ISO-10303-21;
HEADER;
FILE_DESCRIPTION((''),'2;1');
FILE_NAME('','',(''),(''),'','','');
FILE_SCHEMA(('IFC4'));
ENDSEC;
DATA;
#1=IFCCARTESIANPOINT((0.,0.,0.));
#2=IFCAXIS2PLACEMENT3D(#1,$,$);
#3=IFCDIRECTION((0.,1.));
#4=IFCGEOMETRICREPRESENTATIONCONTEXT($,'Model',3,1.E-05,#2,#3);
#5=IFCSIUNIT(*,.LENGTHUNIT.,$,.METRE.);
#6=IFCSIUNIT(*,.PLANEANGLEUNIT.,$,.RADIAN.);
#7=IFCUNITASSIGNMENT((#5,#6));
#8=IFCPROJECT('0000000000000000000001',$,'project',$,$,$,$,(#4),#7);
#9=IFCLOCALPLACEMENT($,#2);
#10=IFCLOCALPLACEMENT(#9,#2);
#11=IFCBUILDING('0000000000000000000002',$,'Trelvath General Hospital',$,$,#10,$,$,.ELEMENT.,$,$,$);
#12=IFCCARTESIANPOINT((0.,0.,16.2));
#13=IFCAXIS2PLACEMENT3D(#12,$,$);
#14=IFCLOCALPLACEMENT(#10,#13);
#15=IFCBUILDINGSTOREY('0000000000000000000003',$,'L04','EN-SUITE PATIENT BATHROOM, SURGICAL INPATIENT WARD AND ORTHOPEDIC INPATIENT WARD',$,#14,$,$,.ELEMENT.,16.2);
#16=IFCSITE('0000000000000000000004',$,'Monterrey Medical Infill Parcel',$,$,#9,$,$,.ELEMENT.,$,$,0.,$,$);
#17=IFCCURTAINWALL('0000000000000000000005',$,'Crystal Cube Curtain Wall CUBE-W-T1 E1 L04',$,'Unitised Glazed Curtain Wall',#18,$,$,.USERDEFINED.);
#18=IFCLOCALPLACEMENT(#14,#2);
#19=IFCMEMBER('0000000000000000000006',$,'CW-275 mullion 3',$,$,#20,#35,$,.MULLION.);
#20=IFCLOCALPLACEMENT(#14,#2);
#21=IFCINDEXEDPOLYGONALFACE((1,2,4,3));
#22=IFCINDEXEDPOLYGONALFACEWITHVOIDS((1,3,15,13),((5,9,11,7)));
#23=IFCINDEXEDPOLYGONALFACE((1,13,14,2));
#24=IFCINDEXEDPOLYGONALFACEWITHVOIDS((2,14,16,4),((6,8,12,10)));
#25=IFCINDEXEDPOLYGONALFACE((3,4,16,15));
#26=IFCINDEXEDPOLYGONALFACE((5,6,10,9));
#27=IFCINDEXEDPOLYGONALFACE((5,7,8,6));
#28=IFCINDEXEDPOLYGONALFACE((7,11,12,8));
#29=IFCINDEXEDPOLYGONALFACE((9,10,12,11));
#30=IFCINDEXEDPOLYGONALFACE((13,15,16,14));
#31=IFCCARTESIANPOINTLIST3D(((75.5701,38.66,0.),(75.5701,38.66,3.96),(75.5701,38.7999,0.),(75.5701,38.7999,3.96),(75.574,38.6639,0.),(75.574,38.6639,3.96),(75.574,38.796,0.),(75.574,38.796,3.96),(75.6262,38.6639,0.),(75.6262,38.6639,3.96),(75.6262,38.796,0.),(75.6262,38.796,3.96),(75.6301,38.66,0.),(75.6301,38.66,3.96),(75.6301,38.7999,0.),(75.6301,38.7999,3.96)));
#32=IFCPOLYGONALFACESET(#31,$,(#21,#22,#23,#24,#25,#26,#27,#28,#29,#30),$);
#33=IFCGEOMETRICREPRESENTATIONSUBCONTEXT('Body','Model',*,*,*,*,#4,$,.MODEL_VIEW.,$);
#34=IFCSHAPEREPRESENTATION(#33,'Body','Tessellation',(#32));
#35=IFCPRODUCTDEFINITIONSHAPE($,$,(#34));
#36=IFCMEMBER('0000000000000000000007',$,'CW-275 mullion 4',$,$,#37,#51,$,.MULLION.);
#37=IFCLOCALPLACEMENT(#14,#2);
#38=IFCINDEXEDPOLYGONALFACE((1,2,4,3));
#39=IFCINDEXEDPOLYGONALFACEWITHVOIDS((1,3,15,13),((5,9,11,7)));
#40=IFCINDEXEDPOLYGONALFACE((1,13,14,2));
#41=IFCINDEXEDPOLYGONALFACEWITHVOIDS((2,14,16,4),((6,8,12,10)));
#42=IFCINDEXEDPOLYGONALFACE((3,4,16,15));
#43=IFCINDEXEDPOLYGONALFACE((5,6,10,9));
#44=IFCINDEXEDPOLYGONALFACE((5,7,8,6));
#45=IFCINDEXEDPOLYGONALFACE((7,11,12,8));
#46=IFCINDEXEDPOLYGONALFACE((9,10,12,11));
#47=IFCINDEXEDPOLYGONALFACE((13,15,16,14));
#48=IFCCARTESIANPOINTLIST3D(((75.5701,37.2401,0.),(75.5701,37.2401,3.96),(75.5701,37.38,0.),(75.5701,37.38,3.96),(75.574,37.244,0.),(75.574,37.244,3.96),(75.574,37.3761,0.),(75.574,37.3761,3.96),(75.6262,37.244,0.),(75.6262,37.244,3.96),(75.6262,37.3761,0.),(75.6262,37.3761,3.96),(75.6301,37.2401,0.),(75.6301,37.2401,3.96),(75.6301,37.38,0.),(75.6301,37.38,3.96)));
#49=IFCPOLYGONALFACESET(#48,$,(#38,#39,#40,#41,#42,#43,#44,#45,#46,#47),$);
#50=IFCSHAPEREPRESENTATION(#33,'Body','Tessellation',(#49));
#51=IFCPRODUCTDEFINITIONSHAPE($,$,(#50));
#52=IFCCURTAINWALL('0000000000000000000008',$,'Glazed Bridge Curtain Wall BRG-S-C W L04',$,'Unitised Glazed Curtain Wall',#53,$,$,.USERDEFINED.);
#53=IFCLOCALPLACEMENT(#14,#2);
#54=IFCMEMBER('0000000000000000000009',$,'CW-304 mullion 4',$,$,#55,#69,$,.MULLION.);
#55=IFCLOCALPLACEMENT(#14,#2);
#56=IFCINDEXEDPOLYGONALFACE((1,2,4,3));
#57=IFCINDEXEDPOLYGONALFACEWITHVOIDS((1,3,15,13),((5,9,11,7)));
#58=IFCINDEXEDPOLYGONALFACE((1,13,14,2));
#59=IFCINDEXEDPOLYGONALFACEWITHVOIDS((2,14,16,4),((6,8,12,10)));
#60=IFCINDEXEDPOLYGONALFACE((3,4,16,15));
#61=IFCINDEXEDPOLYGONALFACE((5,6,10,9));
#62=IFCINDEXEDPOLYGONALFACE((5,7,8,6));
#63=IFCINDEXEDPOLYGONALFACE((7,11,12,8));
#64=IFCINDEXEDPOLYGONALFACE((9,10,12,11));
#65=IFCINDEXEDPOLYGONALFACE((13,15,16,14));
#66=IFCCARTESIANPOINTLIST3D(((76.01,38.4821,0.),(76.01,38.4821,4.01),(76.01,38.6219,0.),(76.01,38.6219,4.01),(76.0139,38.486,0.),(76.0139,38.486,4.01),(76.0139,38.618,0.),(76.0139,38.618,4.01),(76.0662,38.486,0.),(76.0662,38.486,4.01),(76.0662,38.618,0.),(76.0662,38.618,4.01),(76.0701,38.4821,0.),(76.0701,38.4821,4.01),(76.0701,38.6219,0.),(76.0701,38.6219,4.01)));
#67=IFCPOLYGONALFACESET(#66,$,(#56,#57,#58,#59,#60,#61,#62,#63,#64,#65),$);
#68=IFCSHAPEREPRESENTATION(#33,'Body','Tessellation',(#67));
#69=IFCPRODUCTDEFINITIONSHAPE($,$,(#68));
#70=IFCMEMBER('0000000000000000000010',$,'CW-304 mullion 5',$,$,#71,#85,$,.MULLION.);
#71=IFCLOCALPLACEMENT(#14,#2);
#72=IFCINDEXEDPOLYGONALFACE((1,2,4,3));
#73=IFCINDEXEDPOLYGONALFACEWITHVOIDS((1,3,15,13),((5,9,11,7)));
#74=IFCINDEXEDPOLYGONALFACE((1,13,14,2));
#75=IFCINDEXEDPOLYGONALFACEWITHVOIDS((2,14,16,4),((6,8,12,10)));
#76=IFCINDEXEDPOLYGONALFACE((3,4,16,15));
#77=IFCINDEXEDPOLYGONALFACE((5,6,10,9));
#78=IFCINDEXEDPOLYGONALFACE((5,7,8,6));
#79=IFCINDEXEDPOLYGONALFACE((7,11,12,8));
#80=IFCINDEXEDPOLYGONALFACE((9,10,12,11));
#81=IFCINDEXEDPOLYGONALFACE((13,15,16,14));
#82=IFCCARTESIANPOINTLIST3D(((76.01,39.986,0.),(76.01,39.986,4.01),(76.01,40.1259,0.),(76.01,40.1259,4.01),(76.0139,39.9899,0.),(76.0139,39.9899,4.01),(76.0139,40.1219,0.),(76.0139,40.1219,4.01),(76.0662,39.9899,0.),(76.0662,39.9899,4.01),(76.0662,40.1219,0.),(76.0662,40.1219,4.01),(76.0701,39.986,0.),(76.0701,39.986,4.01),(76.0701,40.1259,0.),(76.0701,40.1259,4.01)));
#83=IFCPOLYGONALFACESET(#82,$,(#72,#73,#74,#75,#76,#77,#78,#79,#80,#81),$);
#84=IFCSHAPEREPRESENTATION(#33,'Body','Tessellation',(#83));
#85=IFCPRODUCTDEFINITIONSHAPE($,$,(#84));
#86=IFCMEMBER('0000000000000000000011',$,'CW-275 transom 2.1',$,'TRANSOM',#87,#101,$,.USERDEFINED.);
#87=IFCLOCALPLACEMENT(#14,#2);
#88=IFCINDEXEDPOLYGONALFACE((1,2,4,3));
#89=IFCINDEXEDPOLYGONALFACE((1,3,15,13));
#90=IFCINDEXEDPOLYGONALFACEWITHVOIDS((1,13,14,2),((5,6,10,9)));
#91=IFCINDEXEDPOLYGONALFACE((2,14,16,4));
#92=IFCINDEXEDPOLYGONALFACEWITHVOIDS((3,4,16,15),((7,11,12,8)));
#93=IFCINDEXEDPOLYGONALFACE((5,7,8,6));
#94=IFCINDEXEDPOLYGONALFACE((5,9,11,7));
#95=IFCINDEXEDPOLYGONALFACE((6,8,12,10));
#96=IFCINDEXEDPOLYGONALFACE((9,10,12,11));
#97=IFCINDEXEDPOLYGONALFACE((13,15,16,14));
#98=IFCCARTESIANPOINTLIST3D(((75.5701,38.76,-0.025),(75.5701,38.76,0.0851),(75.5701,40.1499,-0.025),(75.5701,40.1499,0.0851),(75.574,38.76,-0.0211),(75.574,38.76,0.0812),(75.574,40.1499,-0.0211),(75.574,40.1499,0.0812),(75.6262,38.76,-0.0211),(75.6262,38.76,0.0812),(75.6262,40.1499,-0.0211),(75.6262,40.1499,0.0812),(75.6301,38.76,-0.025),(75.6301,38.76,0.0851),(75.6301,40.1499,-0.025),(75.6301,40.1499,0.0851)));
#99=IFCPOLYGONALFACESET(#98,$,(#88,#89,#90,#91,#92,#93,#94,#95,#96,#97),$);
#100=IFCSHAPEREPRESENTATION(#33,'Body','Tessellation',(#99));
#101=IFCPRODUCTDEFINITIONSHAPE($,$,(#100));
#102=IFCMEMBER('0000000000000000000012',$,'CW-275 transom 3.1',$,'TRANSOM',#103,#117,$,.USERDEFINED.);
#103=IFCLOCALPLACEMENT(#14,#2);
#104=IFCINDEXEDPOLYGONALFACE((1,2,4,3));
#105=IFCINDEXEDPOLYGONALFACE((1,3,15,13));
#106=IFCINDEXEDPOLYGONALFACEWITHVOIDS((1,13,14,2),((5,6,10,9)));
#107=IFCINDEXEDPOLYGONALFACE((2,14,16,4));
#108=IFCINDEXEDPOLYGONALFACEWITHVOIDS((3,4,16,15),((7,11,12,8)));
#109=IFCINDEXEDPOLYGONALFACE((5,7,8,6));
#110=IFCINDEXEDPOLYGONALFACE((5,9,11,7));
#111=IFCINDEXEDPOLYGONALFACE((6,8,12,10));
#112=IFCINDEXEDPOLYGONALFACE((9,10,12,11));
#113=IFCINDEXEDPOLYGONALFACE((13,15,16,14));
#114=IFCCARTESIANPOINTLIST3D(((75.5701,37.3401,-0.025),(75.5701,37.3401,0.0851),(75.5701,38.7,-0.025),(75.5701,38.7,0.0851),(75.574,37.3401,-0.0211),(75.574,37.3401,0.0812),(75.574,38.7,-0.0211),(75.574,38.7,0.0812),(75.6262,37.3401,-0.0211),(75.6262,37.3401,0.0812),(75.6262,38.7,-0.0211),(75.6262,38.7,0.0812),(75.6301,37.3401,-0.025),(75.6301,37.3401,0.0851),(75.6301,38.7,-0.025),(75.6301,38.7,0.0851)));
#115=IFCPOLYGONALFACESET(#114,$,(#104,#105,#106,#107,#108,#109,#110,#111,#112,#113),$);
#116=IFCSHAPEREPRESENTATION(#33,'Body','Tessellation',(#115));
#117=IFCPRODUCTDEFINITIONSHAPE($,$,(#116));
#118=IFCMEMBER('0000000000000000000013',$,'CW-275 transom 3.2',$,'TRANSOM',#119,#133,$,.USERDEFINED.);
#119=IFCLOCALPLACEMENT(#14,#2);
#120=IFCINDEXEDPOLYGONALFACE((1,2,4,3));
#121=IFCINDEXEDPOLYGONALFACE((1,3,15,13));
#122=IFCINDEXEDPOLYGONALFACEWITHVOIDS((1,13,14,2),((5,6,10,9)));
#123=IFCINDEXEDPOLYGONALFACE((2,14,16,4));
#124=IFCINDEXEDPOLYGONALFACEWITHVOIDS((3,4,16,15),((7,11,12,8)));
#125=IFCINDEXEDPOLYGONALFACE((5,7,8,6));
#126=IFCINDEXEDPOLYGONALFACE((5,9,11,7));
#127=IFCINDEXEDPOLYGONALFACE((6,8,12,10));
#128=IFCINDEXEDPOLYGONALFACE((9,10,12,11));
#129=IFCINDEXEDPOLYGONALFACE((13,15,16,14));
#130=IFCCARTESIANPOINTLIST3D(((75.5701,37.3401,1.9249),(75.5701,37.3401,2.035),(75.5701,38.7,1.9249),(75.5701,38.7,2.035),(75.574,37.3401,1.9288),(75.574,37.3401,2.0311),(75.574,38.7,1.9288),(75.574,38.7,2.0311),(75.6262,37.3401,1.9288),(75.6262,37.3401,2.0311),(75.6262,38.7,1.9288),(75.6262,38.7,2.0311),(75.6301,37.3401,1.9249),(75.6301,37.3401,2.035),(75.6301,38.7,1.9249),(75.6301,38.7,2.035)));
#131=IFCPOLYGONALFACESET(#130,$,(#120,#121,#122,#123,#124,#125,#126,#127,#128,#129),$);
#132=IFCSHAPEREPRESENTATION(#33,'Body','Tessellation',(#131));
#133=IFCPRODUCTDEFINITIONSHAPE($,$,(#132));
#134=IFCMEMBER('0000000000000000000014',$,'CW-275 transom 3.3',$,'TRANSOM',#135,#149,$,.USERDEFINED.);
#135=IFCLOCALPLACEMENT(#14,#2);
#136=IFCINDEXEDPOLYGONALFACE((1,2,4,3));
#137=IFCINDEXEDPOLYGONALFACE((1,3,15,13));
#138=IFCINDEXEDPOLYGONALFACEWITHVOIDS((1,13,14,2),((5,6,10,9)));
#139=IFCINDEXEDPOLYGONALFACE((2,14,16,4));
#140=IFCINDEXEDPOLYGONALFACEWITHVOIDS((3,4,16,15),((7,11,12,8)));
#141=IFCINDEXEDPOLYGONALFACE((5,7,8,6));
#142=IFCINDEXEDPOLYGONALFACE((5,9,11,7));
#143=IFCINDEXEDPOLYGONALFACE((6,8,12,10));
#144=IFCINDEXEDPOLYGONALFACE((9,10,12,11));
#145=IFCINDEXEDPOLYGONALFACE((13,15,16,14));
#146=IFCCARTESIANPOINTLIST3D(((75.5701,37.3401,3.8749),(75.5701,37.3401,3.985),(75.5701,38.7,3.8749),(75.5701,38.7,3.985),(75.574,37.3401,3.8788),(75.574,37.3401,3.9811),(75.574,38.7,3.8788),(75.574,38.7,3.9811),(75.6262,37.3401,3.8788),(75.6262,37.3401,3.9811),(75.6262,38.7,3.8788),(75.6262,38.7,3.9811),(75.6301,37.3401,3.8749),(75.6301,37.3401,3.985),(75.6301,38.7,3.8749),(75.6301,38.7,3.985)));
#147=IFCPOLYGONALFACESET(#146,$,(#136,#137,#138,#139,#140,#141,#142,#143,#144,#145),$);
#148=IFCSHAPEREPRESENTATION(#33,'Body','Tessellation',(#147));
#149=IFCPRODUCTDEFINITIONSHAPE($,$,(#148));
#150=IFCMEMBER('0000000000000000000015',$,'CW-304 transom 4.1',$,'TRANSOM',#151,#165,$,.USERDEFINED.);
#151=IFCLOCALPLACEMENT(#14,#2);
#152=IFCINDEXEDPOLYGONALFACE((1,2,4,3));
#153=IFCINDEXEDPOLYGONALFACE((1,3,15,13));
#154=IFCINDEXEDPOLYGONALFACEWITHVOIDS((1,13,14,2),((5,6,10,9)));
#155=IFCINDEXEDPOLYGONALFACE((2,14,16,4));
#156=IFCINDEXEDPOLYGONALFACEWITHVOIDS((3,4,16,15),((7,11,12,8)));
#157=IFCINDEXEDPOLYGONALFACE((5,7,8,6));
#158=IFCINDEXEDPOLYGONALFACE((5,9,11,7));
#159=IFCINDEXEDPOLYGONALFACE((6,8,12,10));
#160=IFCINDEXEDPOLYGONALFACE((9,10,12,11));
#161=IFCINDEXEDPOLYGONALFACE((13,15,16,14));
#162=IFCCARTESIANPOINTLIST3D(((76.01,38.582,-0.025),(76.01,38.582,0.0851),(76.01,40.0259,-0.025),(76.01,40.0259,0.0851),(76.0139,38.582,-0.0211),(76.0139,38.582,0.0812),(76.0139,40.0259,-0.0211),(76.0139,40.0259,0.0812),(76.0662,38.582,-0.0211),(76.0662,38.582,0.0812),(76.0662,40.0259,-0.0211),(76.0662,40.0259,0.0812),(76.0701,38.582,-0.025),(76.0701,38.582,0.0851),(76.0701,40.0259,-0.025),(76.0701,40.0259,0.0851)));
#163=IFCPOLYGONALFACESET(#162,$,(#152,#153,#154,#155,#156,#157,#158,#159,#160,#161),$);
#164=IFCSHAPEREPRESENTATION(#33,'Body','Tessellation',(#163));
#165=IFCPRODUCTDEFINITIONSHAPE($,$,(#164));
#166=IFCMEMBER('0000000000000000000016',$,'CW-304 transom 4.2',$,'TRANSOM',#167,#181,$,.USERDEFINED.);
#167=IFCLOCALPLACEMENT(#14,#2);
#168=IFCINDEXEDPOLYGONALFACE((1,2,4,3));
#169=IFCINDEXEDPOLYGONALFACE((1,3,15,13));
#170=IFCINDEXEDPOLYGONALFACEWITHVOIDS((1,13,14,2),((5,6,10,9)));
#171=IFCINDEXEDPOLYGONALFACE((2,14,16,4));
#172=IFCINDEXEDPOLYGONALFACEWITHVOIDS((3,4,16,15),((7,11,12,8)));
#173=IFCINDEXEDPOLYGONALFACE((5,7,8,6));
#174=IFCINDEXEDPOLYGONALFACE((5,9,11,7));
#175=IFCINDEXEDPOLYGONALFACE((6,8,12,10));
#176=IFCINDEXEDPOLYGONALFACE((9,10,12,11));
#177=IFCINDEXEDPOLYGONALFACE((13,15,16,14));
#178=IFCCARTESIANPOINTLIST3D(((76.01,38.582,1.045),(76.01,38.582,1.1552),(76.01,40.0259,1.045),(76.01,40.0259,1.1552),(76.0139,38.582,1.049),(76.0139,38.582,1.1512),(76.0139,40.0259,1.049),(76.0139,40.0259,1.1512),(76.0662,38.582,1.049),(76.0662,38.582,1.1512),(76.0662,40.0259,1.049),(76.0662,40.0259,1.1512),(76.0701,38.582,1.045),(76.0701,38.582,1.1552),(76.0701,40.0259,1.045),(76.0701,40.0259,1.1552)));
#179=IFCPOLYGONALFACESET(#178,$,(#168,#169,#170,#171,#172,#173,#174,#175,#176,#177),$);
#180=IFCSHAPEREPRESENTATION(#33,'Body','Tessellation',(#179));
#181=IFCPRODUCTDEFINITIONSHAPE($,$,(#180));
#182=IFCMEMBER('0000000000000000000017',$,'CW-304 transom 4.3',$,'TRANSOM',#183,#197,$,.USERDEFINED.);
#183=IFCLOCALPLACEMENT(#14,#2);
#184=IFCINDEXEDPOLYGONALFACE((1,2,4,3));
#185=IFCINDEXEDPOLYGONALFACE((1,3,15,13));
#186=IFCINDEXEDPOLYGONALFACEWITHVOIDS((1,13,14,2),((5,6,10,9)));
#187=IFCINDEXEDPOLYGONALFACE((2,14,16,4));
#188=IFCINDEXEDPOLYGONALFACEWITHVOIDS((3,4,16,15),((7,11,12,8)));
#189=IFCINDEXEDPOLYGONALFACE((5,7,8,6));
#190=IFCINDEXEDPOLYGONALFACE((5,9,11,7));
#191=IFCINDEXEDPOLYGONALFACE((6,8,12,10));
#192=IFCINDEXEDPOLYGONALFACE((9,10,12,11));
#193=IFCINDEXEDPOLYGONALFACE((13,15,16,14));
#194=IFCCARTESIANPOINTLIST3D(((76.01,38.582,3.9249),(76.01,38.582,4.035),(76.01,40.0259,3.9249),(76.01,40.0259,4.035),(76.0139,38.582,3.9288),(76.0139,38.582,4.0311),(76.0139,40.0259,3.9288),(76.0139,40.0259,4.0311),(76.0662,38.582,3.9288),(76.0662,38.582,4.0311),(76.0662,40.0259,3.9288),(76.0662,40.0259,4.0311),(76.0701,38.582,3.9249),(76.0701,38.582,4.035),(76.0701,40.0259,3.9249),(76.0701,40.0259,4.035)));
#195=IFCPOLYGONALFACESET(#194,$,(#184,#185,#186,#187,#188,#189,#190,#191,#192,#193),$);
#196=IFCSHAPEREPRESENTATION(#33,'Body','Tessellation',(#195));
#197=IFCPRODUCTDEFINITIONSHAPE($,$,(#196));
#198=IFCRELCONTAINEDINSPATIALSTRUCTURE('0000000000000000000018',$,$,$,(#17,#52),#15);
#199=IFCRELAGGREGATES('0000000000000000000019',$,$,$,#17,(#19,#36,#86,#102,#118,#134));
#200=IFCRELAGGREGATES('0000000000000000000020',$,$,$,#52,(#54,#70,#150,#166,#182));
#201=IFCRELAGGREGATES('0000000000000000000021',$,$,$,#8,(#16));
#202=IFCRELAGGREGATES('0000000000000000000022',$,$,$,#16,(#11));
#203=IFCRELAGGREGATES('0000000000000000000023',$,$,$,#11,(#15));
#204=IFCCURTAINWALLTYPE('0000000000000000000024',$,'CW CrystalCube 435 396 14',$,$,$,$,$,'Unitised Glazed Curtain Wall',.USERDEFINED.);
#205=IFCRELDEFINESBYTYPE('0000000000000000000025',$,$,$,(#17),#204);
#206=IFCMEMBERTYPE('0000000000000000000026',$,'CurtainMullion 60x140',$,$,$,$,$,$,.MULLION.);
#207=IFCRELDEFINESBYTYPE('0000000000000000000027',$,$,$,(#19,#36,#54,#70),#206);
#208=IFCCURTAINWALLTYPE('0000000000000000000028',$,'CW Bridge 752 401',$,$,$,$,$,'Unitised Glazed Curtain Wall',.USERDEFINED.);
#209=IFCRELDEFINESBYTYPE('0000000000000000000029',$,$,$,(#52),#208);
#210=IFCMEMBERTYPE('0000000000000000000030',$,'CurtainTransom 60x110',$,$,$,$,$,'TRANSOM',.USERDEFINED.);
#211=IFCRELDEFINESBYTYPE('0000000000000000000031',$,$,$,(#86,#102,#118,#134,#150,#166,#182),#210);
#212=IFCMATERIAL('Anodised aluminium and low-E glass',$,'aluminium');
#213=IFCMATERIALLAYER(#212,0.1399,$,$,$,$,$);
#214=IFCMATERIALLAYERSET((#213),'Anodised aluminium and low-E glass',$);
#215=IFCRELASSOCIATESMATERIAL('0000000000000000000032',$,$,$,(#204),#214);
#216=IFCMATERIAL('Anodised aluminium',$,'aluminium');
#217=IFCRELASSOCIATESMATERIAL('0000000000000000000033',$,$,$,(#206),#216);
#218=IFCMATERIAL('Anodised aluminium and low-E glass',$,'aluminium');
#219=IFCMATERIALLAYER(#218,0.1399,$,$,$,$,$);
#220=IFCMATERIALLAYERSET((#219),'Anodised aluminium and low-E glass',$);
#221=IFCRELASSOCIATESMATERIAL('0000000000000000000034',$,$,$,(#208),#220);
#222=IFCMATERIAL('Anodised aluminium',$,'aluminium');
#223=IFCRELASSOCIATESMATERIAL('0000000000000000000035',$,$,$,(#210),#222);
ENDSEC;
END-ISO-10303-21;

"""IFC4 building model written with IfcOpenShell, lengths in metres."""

from ifc_helpers import new_model, si_unit, direction, frame, origin, origin_2d, place, context, subcontext, project, spatial, hollow_rectangle, extrude, material, layer, layer_set, material_profile, profile_set, type_object, element, aggregate, save


model = new_model("IFC4")

# Units and contexts
model_context = context("Model", 3, precision=1e-05, world=origin(), true_north=direction((0.0, 1.0)))
body_context = subcontext(model_context, "Body", "Model", "MODEL_VIEW")
ifc_project = project(units=[si_unit("LENGTHUNIT", "METRE"), si_unit("PLANEANGLEUNIT", "RADIAN")], contexts=[model_context])

# Site, building, storey
site_placement = place(None, origin())
site = spatial("IfcSite", under=ifc_project, at=site_placement, Name="Monterrey Medical Infill Parcel", CompositionType="ELEMENT", RefElevation=0.0)
building_placement = place(site_placement, origin())
building = spatial("IfcBuilding", under=site, at=building_placement, Name="Trelvath General Hospital", CompositionType="ELEMENT")
storey_placement = place(building_placement, frame((0.0, 0.0, 16.2)))
storey = spatial("IfcBuildingStorey", under=building, at=storey_placement, Name="L04", Description="EN-SUITE PATIENT BATHROOM, SURGICAL INPATIENT WARD AND ORTHOPEDIC INPATIENT WARD", CompositionType="ELEMENT", Elevation=16.2)

# Curtain walls, members
ifc_material_1 = material(Name="Anodised aluminium and low-E glass", Category="aluminium")
ifc_layer_1 = layer(ifc_material_1, 0.1399)
ifc_layer_set_1 = layer_set([ifc_layer_1], Name="Anodised aluminium and low-E glass")
curtain_wall_type_1 = type_object("IfcCurtainWallType", Name="CW CrystalCube 435 396 14", ElementType="Unitised Glazed Curtain Wall", PredefinedType="USERDEFINED", material=ifc_layer_set_1)
curtain_wall_1_placement = place(storey_placement, origin())
curtain_wall_1 = element("IfcCurtainWall", 1, at=curtain_wall_1_placement, inside=storey, type_object=curtain_wall_type_1, Name="Crystal Cube Curtain Wall CUBE-W-T1 E1 L04", ObjectType="Unitised Glazed Curtain Wall", PredefinedType="USERDEFINED")
ifc_material_2 = material(Name="Anodised aluminium", Category="aluminium")
ifc_material_profile_1 = material_profile(ifc_material_2, hollow_rectangle(XDim=0.0601, YDim=0.1399, WallThickness=0.0039, at=origin_2d()), Name="RHS60x140x4")
ifc_profile_set_1 = profile_set([ifc_material_profile_1], Name="Anodised aluminium")
member_type_1 = type_object("IfcMemberType", Name="CurtainMullion 60x140", PredefinedType="MULLION", material=ifc_profile_set_1)
member_1_placement = place(storey_placement, frame((75.6001, 38.73, 0.0), z_axis=(0.0, 0.0, 1.0), x_axis=(1.0, 0.0, 0.0)))
member_1 = element("IfcMember", 2, at=member_1_placement, type_object=member_type_1, Name="CW-275 mullion 3", PredefinedType="MULLION", context=body_context, shape_type="SweptSolid", body=[
    extrude(hollow_rectangle(XDim=0.0601, YDim=0.1399, WallThickness=0.0039, at=origin_2d()), origin(), (0.0, 0.0, 1.0), 3.96),
])
member_2_placement = place(storey_placement, frame((75.6001, 37.3101, 0.0), z_axis=(0.0, 0.0, 1.0), x_axis=(1.0, 0.0, 0.0)))
member_2 = element("IfcMember", 3, at=member_2_placement, type_object=member_type_1, Name="CW-275 mullion 4", PredefinedType="MULLION", context=body_context, shape_type="SweptSolid", body=[
    extrude(hollow_rectangle(XDim=0.0601, YDim=0.1399, WallThickness=0.0039, at=origin_2d()), origin(), (0.0, 0.0, 1.0), 3.96),
])
ifc_material_3 = material(Name="Anodised aluminium and low-E glass", Category="aluminium")
ifc_layer_2 = layer(ifc_material_3, 0.1399)
ifc_layer_set_2 = layer_set([ifc_layer_2], Name="Anodised aluminium and low-E glass")
curtain_wall_type_2 = type_object("IfcCurtainWallType", Name="CW Bridge 752 401", ElementType="Unitised Glazed Curtain Wall", PredefinedType="USERDEFINED", material=ifc_layer_set_2)
curtain_wall_2_placement = place(storey_placement, origin())
curtain_wall_2 = element("IfcCurtainWall", 4, at=curtain_wall_2_placement, inside=storey, type_object=curtain_wall_type_2, Name="Glazed Bridge Curtain Wall BRG-S-C W L04", ObjectType="Unitised Glazed Curtain Wall", PredefinedType="USERDEFINED")
member_3_placement = place(storey_placement, frame((76.04, 38.552, 0.0), z_axis=(0.0, 0.0, 1.0), x_axis=(-1.0, 0.0, 0.0)))
member_3 = element("IfcMember", 5, at=member_3_placement, type_object=member_type_1, Name="CW-304 mullion 4", PredefinedType="MULLION", context=body_context, shape_type="SweptSolid", body=[
    extrude(hollow_rectangle(XDim=0.0601, YDim=0.1399, WallThickness=0.0039, at=origin_2d()), origin(), (0.0, 0.0, 1.0), 4.01),
])
member_4_placement = place(storey_placement, frame((76.04, 40.0559, 0.0), z_axis=(0.0, 0.0, 1.0), x_axis=(-1.0, 0.0, 0.0)))
member_4 = element("IfcMember", 6, at=member_4_placement, type_object=member_type_1, Name="CW-304 mullion 5", PredefinedType="MULLION", context=body_context, shape_type="SweptSolid", body=[
    extrude(hollow_rectangle(XDim=0.0601, YDim=0.1399, WallThickness=0.0039, at=origin_2d()), origin(), (0.0, 0.0, 1.0), 4.01),
])

# Members
ifc_material_4 = material(Name="Anodised aluminium", Category="aluminium")
ifc_material_profile_2 = material_profile(ifc_material_4, hollow_rectangle(XDim=0.0601, YDim=0.1101, WallThickness=0.0039, at=origin_2d()), Name="RHS60x110x4")
ifc_profile_set_2 = profile_set([ifc_material_profile_2], Name="Anodised aluminium")
member_type_2 = type_object("IfcMemberType", Name="CurtainTransom 60x110", ElementType="TRANSOM", PredefinedType="USERDEFINED", material=ifc_profile_set_2)
member_5_placement = place(storey_placement, frame((75.6001, 40.1499, 0.03), z_axis=(0.0, -1.0, 0.0), x_axis=(1.0, 0.0, 0.0)))
member_5 = element("IfcMember", 7, at=member_5_placement, type_object=member_type_2, Name="CW-275 transom 2.1", ObjectType="TRANSOM", PredefinedType="USERDEFINED", context=body_context, shape_type="SweptSolid", body=[
    extrude(hollow_rectangle(XDim=0.0601, YDim=0.1101, WallThickness=0.0039, at=origin_2d()), origin(), (0.0, 0.0, 1.0), 1.3899),
])
member_6_placement = place(storey_placement, frame((75.6001, 38.7, 0.03), z_axis=(0.0, -1.0, 0.0), x_axis=(1.0, 0.0, 0.0)))
member_6 = element("IfcMember", 8, at=member_6_placement, type_object=member_type_2, Name="CW-275 transom 3.1", ObjectType="TRANSOM", PredefinedType="USERDEFINED", context=body_context, shape_type="SweptSolid", body=[
    extrude(hollow_rectangle(XDim=0.0601, YDim=0.1101, WallThickness=0.0039, at=origin_2d()), origin(), (0.0, 0.0, 1.0), 1.3599),
])
member_7_placement = place(storey_placement, frame((75.6001, 38.7, 1.98), z_axis=(0.0, -1.0, 0.0), x_axis=(1.0, 0.0, 0.0)))
member_7 = element("IfcMember", 9, at=member_7_placement, type_object=member_type_2, Name="CW-275 transom 3.2", ObjectType="TRANSOM", PredefinedType="USERDEFINED", context=body_context, shape_type="SweptSolid", body=[
    extrude(hollow_rectangle(XDim=0.0601, YDim=0.1101, WallThickness=0.0039, at=origin_2d()), origin(), (0.0, 0.0, 1.0), 1.3599),
])
member_8_placement = place(storey_placement, frame((75.6001, 38.7, 3.9299), z_axis=(0.0, -1.0, 0.0), x_axis=(1.0, 0.0, 0.0)))
member_8 = element("IfcMember", 10, at=member_8_placement, type_object=member_type_2, Name="CW-275 transom 3.3", ObjectType="TRANSOM", PredefinedType="USERDEFINED", context=body_context, shape_type="SweptSolid", body=[
    extrude(hollow_rectangle(XDim=0.0601, YDim=0.1101, WallThickness=0.0039, at=origin_2d()), origin(), (0.0, 0.0, 1.0), 1.3599),
])
member_9_placement = place(storey_placement, frame((76.04, 38.582, 0.03), z_axis=(0.0, 1.0, 0.0), x_axis=(-1.0, 0.0, 0.0)))
member_9 = element("IfcMember", 11, at=member_9_placement, type_object=member_type_2, Name="CW-304 transom 4.1", ObjectType="TRANSOM", PredefinedType="USERDEFINED", context=body_context, shape_type="SweptSolid", body=[
    extrude(hollow_rectangle(XDim=0.0601, YDim=0.1101, WallThickness=0.0039, at=origin_2d()), origin(), (0.0, 0.0, 1.0), 1.4438),
])
member_10_placement = place(storey_placement, frame((76.04, 38.582, 1.1001), z_axis=(0.0, 1.0, 0.0), x_axis=(-1.0, 0.0, 0.0)))
member_10 = element("IfcMember", 12, at=member_10_placement, type_object=member_type_2, Name="CW-304 transom 4.2", ObjectType="TRANSOM", PredefinedType="USERDEFINED", context=body_context, shape_type="SweptSolid", body=[
    extrude(hollow_rectangle(XDim=0.0601, YDim=0.1101, WallThickness=0.0039, at=origin_2d()), origin(), (0.0, 0.0, 1.0), 1.4438),
])
member_11_placement = place(storey_placement, frame((76.04, 38.582, 3.98), z_axis=(0.0, 1.0, 0.0), x_axis=(-1.0, 0.0, 0.0)))
member_11 = element("IfcMember", 13, at=member_11_placement, type_object=member_type_2, Name="CW-304 transom 4.3", ObjectType="TRANSOM", PredefinedType="USERDEFINED", context=body_context, shape_type="SweptSolid", body=[
    extrude(hollow_rectangle(XDim=0.0601, YDim=0.1101, WallThickness=0.0039, at=origin_2d()), origin(), (0.0, 0.0, 1.0), 1.4438),
])

aggregate(curtain_wall_1, [member_1, member_2, member_5, member_6, member_7, member_8])
aggregate(curtain_wall_2, [member_3, member_4, member_9, member_10, member_11])

save(model, "model.ifc")
